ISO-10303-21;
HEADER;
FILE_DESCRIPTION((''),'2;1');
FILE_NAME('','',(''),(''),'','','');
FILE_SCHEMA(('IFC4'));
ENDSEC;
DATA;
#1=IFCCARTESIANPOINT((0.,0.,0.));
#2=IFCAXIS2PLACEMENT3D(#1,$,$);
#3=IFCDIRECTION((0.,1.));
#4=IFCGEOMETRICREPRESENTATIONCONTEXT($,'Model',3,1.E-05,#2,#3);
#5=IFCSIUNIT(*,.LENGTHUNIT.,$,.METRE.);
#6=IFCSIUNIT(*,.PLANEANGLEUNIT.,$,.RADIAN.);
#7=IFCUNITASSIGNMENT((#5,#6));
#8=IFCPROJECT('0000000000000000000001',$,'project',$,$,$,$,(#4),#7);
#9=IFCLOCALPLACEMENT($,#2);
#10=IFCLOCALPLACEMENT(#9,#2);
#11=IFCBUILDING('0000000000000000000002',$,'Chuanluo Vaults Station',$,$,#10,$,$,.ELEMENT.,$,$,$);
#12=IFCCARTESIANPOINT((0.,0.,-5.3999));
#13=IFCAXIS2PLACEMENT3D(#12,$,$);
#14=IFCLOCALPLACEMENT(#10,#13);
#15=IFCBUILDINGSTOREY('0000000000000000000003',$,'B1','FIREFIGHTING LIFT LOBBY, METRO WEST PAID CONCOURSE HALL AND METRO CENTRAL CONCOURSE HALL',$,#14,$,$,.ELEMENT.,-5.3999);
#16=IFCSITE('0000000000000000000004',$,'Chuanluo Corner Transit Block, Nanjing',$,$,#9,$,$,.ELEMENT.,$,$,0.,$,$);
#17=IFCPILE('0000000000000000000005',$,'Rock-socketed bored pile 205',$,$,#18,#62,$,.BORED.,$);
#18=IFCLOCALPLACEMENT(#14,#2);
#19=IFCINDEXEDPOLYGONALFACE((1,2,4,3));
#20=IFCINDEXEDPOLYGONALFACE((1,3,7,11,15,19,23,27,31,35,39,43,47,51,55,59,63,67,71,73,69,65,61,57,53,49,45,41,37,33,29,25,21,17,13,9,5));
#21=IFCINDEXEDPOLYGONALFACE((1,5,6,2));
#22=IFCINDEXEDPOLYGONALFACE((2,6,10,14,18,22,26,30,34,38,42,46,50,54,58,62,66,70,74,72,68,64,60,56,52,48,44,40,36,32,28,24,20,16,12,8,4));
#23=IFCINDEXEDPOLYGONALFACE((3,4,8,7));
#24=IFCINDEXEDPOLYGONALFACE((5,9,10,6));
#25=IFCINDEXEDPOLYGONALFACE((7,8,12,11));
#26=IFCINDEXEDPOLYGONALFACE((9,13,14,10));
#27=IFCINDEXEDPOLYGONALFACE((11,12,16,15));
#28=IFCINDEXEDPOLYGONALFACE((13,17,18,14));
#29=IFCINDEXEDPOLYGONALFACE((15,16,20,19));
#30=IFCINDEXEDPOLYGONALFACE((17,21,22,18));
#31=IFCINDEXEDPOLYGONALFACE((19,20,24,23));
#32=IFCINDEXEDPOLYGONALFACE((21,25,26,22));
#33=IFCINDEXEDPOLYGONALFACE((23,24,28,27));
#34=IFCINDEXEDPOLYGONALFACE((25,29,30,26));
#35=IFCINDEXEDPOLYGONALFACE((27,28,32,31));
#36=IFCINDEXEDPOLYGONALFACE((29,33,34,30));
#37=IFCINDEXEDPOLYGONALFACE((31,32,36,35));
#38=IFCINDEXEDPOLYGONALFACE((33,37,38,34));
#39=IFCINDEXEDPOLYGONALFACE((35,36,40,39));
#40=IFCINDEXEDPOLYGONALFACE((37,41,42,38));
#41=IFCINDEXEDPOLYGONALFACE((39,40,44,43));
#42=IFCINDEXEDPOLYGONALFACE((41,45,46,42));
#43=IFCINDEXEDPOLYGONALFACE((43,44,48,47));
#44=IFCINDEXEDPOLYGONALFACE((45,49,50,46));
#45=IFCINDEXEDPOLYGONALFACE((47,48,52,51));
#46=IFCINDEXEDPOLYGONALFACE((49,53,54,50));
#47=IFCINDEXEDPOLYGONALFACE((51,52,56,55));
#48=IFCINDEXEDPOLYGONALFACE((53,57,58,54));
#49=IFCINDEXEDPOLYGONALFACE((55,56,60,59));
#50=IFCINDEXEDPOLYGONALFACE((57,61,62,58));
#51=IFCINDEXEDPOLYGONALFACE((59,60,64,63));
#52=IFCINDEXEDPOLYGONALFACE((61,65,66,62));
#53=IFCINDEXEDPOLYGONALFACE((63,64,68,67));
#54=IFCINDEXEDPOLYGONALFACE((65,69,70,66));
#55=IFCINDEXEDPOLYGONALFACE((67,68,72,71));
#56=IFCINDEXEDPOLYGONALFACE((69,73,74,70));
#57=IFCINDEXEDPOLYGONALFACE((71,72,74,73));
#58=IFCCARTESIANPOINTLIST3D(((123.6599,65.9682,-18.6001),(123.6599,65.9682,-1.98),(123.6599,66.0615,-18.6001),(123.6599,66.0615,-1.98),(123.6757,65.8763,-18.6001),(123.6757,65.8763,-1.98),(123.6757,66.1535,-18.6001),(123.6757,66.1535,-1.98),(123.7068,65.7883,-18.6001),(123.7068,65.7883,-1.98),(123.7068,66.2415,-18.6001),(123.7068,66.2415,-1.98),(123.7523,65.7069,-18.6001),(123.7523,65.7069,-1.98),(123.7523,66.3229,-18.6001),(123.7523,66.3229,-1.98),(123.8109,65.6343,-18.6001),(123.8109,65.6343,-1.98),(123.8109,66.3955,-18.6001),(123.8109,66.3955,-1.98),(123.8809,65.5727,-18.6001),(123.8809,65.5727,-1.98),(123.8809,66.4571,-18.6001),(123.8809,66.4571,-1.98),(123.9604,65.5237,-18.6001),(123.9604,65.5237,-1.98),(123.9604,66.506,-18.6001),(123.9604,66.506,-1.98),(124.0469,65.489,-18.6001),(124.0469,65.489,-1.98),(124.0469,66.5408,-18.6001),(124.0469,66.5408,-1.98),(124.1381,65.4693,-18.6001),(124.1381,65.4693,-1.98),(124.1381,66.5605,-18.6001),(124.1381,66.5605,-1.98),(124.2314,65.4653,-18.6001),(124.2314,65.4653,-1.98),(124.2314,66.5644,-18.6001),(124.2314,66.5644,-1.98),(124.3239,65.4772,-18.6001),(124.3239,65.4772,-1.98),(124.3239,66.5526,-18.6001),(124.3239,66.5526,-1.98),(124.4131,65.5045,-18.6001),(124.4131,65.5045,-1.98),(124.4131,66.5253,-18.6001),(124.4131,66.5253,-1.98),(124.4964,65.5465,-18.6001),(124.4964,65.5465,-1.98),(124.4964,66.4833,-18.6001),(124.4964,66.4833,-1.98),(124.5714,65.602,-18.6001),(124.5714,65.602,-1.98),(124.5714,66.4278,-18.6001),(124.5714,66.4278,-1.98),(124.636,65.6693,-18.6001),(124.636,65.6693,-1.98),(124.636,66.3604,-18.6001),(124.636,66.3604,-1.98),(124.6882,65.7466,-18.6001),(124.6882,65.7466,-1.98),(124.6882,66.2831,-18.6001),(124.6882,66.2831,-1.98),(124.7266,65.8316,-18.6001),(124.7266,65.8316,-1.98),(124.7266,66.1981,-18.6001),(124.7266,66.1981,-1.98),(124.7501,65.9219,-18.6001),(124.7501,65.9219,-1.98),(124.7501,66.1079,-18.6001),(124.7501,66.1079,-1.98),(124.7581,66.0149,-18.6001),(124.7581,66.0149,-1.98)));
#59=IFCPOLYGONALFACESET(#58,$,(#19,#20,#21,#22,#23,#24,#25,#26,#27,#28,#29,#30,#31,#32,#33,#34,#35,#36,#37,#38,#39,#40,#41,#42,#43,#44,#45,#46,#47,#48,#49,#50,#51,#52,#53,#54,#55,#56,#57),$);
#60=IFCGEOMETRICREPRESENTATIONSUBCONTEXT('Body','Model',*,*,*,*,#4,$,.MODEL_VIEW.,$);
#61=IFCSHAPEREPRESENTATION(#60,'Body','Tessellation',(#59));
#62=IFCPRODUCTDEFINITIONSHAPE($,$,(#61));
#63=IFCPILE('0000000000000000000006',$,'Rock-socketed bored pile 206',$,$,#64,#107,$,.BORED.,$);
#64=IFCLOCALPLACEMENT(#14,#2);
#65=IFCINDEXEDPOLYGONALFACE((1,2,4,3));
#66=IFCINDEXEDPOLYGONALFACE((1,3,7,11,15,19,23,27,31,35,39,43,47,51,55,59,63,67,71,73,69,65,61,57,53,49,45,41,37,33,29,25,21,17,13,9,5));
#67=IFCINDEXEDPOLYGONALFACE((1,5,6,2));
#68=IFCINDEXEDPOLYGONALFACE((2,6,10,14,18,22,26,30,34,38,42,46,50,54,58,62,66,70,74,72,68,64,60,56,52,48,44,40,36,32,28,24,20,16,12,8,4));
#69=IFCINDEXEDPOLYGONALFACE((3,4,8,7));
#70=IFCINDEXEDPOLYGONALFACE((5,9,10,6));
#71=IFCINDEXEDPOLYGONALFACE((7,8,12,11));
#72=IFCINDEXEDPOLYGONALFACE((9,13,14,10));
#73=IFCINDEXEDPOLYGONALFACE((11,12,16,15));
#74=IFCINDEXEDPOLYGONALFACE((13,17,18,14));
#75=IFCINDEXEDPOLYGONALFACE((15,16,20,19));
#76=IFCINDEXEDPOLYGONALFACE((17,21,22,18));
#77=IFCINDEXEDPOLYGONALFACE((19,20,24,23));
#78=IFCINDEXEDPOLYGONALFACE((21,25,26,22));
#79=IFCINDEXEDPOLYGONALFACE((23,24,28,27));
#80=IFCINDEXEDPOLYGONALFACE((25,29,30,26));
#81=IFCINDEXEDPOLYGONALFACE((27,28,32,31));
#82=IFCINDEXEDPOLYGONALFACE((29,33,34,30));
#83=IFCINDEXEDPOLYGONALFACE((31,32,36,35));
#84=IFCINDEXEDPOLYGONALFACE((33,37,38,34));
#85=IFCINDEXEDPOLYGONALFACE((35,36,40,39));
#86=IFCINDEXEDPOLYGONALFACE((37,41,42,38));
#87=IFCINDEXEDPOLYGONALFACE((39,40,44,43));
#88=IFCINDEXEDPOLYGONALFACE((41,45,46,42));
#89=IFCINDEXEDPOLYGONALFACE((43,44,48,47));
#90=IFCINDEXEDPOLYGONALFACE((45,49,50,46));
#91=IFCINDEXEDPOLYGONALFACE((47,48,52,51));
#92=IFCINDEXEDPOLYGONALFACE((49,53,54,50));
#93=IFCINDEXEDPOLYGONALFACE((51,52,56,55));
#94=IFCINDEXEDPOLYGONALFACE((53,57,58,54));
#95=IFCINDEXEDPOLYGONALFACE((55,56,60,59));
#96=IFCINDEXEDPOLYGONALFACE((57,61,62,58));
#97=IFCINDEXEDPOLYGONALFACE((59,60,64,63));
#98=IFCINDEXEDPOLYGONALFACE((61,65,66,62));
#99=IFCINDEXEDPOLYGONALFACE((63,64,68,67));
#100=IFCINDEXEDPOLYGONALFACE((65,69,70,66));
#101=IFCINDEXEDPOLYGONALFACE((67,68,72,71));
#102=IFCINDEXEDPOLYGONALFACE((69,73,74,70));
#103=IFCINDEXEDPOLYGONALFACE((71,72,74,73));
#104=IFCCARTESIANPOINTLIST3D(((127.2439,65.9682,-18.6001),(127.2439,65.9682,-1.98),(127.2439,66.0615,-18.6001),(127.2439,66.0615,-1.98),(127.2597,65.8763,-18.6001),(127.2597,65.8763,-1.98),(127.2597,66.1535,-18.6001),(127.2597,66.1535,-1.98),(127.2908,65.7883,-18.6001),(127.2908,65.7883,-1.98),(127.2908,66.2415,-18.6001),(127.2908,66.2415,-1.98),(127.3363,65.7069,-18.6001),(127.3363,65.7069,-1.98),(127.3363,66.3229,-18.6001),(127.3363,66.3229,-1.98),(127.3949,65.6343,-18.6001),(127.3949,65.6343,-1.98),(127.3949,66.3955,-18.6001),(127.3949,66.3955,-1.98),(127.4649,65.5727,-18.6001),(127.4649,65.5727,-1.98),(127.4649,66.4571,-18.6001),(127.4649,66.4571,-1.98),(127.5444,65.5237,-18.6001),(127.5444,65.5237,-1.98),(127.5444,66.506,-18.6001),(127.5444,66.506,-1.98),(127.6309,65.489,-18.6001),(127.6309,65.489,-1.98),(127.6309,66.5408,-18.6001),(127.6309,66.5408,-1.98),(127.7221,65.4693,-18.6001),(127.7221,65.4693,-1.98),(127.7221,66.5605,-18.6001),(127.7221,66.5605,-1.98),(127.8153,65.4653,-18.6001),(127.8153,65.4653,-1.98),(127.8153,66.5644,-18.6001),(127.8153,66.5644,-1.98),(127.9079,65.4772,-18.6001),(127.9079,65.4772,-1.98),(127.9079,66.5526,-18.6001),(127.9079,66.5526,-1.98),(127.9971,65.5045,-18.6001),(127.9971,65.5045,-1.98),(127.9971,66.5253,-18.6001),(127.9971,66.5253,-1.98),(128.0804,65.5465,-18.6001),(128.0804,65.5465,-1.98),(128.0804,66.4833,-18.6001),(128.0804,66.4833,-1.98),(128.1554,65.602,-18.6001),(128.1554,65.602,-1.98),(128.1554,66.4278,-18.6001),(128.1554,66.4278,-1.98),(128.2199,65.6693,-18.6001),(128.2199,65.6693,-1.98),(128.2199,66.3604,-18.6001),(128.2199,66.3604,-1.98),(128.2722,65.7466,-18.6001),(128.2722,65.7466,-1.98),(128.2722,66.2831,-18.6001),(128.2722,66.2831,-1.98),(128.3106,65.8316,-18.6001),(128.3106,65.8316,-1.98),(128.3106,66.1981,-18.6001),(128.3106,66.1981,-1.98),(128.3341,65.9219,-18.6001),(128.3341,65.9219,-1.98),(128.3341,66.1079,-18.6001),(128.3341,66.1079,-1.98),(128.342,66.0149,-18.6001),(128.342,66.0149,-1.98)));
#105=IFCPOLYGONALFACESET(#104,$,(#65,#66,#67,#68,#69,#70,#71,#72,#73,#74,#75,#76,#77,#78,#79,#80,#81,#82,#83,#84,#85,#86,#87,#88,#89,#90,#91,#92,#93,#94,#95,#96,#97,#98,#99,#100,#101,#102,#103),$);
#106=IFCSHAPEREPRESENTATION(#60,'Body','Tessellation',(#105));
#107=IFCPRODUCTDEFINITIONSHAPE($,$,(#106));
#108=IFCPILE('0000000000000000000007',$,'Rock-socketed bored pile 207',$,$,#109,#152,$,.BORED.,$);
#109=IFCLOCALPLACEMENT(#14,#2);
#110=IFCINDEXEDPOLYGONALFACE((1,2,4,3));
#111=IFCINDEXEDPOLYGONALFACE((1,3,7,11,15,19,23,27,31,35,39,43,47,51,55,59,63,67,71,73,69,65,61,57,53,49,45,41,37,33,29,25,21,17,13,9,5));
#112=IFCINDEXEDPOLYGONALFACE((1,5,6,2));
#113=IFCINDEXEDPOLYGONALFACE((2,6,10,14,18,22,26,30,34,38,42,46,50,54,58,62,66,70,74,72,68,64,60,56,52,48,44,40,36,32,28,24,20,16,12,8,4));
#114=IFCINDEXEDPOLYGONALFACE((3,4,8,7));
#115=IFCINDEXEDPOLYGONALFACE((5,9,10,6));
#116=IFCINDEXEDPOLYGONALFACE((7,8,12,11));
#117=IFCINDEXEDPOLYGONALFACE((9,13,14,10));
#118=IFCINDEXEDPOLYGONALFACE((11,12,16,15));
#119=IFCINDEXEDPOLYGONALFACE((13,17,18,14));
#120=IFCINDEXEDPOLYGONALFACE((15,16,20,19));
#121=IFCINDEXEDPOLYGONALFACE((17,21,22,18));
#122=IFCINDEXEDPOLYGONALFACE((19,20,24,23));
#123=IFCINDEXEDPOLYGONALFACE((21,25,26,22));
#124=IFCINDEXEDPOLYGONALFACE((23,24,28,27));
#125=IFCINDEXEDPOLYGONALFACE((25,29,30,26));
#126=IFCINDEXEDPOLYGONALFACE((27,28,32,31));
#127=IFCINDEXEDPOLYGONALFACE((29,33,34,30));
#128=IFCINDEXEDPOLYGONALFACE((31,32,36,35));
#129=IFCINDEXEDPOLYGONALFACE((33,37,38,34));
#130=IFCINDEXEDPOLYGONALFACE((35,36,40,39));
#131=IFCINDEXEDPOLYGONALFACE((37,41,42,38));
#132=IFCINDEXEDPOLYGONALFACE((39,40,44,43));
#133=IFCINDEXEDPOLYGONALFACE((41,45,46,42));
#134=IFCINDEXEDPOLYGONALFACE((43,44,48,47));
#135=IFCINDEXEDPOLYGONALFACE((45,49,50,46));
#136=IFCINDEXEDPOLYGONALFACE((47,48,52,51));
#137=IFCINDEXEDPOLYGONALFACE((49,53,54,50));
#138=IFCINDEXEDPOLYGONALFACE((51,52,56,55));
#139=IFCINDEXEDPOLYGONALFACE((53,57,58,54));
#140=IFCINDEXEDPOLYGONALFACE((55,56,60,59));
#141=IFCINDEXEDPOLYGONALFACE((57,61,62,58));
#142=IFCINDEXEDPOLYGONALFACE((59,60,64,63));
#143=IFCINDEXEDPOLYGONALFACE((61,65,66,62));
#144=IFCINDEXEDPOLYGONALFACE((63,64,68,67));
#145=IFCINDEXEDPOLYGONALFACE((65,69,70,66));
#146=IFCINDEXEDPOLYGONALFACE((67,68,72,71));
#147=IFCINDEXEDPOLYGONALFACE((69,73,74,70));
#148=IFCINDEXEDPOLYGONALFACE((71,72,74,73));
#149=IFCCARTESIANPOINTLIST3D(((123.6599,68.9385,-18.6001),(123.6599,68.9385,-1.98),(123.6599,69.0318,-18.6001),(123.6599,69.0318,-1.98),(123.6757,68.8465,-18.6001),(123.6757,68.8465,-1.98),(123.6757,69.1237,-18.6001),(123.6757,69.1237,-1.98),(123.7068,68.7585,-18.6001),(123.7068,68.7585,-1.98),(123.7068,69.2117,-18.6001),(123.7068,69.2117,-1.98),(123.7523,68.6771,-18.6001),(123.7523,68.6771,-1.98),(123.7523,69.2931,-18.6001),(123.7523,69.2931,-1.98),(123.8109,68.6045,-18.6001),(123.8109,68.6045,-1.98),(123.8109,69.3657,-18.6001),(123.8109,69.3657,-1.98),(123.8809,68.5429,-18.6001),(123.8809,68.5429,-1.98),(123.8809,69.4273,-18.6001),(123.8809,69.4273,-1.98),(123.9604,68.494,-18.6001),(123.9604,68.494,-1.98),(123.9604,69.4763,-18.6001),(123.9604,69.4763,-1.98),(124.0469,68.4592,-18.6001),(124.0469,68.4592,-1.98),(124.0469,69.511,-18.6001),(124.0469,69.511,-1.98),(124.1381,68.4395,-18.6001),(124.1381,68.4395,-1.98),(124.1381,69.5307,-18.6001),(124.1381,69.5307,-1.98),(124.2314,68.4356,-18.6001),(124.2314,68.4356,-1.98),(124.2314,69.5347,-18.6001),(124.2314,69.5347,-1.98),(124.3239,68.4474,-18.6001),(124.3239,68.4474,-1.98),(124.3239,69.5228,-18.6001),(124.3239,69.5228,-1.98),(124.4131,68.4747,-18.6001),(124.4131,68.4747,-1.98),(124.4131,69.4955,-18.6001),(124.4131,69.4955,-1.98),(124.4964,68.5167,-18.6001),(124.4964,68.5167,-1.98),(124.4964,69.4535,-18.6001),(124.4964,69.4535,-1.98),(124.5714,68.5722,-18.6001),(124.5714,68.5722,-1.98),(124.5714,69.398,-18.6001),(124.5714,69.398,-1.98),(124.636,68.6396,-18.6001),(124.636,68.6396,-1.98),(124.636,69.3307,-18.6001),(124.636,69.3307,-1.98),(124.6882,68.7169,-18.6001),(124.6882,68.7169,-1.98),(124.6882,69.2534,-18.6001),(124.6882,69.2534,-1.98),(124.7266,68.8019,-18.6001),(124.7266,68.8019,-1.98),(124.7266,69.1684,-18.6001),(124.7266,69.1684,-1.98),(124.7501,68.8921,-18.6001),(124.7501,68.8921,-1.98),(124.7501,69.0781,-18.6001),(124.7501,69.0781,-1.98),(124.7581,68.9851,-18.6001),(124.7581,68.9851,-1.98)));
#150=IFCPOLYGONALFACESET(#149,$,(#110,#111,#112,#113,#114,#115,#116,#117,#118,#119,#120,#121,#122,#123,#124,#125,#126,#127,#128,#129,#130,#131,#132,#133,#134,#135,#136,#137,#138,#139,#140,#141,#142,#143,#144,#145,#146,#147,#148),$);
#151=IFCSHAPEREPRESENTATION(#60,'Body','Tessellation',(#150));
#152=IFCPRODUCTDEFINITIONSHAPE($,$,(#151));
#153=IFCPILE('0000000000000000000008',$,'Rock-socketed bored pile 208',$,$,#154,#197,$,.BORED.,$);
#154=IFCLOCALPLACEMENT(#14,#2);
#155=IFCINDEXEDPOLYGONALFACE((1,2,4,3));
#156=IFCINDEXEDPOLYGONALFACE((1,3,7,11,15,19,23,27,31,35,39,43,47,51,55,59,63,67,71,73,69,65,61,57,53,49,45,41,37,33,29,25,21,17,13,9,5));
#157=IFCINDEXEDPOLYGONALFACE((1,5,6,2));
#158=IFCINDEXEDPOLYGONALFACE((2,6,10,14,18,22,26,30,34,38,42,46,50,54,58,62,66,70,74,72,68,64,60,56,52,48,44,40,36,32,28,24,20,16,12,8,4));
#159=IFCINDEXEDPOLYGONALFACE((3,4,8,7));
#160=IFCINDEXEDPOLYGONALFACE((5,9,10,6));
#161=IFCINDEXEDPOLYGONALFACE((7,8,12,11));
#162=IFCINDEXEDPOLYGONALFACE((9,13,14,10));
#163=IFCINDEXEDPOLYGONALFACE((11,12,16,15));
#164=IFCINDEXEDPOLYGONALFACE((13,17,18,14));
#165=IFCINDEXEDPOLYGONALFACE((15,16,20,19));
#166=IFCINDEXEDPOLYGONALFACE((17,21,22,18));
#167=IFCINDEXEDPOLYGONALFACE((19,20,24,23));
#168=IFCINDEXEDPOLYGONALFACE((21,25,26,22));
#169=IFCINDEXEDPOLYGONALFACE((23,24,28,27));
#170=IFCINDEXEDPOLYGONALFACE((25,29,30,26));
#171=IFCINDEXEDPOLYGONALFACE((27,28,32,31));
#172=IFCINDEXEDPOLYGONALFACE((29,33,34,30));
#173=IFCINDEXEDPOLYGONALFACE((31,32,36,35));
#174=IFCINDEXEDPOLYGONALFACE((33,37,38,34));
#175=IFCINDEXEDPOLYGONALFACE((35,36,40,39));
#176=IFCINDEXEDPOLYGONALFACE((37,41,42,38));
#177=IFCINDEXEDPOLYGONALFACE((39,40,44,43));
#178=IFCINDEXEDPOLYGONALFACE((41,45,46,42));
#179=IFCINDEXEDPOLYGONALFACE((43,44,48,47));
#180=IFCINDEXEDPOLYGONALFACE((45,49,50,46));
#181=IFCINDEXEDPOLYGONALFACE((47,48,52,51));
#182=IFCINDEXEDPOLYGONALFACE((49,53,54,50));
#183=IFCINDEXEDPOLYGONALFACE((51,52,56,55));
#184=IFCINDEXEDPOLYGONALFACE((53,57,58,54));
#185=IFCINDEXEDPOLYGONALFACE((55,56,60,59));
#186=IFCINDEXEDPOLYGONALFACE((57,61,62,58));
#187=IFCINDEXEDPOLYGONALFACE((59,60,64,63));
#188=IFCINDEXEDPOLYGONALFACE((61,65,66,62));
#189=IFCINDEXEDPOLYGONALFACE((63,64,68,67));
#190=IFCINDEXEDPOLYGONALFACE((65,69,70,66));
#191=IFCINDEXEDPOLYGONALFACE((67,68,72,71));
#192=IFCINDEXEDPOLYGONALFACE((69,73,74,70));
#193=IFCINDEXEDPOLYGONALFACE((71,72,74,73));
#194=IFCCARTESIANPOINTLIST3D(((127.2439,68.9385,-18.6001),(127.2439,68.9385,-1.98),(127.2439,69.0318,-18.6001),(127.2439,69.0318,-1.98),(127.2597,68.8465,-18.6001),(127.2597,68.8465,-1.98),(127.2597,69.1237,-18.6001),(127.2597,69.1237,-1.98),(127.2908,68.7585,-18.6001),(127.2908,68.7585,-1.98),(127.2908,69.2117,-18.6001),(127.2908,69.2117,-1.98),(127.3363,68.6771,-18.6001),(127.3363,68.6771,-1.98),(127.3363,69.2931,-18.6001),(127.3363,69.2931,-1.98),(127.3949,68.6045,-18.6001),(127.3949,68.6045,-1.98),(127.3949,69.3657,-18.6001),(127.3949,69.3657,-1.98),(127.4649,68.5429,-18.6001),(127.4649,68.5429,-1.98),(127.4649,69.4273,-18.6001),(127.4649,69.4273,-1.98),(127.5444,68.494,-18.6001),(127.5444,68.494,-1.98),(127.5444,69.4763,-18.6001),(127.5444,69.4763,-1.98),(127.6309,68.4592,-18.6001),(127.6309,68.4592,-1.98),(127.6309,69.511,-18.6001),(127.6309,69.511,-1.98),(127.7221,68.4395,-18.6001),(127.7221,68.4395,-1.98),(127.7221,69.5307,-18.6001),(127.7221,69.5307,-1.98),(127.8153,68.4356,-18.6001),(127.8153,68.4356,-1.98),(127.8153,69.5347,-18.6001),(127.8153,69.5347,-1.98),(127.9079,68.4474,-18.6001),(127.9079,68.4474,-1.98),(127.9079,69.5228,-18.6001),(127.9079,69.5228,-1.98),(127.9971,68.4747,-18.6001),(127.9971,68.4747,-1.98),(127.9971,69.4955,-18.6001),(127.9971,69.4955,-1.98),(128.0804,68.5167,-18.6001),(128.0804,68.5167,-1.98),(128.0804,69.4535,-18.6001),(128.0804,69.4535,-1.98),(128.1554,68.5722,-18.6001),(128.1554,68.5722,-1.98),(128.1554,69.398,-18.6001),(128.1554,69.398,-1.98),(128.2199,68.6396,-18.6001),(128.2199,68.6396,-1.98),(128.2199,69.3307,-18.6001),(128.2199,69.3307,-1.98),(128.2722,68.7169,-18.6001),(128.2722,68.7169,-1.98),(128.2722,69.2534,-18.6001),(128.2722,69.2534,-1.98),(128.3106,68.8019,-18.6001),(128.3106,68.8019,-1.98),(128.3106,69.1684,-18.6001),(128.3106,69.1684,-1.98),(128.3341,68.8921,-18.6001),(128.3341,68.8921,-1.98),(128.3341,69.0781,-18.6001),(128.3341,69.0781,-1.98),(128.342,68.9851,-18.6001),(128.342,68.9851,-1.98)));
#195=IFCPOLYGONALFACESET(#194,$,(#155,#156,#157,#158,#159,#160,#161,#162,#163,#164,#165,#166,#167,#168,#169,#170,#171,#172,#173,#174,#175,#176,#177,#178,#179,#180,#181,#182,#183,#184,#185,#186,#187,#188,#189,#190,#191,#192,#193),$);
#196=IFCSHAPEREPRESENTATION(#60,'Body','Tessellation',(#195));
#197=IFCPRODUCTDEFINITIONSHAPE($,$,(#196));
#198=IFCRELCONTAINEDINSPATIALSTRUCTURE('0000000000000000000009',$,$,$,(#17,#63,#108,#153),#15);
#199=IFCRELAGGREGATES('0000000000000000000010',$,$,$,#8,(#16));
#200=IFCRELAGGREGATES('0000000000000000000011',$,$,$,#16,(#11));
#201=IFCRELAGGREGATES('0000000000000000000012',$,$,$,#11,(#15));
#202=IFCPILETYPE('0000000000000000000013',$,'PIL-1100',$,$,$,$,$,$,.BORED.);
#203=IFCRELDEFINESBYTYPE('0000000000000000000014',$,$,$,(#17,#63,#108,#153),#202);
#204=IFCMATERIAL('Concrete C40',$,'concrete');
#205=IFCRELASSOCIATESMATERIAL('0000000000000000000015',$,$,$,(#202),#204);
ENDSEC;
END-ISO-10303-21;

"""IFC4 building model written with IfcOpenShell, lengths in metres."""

from ifc_helpers import new_model, si_unit, direction, frame, origin, origin_2d, place, context, subcontext, project, spatial, circle, extrude, material, material_profile, profile_set, type_object, element, save


model = new_model("IFC4")

# Units and contexts
model_context = context("Model", 3, precision=1e-05, world=origin(), true_north=direction((0.0, 1.0)))
body_context = subcontext(model_context, "Body", "Model", "MODEL_VIEW")
ifc_project = project(units=[si_unit("LENGTHUNIT", "METRE"), si_unit("PLANEANGLEUNIT", "RADIAN")], contexts=[model_context])

# Site, building, storey
site_placement = place(None, origin())
site = spatial("IfcSite", under=ifc_project, at=site_placement, Name="Chuanluo Corner Transit Block, Nanjing", CompositionType="ELEMENT", RefElevation=0.0)
building_placement = place(site_placement, origin())
building = spatial("IfcBuilding", under=site, at=building_placement, Name="Chuanluo Vaults Station", CompositionType="ELEMENT")
storey_placement = place(building_placement, frame((0.0, 0.0, -5.3999)))
storey = spatial("IfcBuildingStorey", under=building, at=storey_placement, Name="B1", Description="FIREFIGHTING LIFT LOBBY, METRO WEST PAID CONCOURSE HALL AND METRO CENTRAL CONCOURSE HALL", CompositionType="ELEMENT", Elevation=-5.3999)

# Piles
ifc_material_1 = material(Name="Concrete C40", Category="concrete")
ifc_material_profile_1 = material_profile(ifc_material_1, circle(Radius=0.55, at=origin_2d()))
ifc_profile_set_1 = profile_set([ifc_material_profile_1], Name="Concrete C40")
pile_type_1 = type_object("IfcPileType", Name="PIL-1100", PredefinedType="BORED", material=ifc_profile_set_1)
for number, where, z_axis, x_axis, name in (
    (1, (124.208, 66.0149, -1.98), (0.0, 0.0, -1.0), (1.0, 0.0, 0.0), "Rock-socketed bored pile 205"),
    (2, (127.792, 66.0149, -1.98), (0.0, 0.0, -1.0), (1.0, 0.0, 0.0), "Rock-socketed bored pile 206"),
    (3, (124.208, 68.9851, -1.98), (0.0, 0.0, -1.0), (1.0, 0.0, 0.0), "Rock-socketed bored pile 207"),
    (4, (127.792, 68.9851, -1.98), (0.0, 0.0, -1.0), (1.0, 0.0, 0.0), "Rock-socketed bored pile 208"),
):
    element("IfcPile", number, at=place(storey_placement, frame(where, z_axis=z_axis, x_axis=x_axis)), inside=storey, type_object=pile_type_1, Name=name, PredefinedType="BORED", context=body_context, shape_type="SweptSolid", body=[
        extrude(circle(Radius=0.55, at=origin_2d()), origin(), (0.0, 0.0, 1.0), 16.6201),
    ])

save(model, "model.ifc")
